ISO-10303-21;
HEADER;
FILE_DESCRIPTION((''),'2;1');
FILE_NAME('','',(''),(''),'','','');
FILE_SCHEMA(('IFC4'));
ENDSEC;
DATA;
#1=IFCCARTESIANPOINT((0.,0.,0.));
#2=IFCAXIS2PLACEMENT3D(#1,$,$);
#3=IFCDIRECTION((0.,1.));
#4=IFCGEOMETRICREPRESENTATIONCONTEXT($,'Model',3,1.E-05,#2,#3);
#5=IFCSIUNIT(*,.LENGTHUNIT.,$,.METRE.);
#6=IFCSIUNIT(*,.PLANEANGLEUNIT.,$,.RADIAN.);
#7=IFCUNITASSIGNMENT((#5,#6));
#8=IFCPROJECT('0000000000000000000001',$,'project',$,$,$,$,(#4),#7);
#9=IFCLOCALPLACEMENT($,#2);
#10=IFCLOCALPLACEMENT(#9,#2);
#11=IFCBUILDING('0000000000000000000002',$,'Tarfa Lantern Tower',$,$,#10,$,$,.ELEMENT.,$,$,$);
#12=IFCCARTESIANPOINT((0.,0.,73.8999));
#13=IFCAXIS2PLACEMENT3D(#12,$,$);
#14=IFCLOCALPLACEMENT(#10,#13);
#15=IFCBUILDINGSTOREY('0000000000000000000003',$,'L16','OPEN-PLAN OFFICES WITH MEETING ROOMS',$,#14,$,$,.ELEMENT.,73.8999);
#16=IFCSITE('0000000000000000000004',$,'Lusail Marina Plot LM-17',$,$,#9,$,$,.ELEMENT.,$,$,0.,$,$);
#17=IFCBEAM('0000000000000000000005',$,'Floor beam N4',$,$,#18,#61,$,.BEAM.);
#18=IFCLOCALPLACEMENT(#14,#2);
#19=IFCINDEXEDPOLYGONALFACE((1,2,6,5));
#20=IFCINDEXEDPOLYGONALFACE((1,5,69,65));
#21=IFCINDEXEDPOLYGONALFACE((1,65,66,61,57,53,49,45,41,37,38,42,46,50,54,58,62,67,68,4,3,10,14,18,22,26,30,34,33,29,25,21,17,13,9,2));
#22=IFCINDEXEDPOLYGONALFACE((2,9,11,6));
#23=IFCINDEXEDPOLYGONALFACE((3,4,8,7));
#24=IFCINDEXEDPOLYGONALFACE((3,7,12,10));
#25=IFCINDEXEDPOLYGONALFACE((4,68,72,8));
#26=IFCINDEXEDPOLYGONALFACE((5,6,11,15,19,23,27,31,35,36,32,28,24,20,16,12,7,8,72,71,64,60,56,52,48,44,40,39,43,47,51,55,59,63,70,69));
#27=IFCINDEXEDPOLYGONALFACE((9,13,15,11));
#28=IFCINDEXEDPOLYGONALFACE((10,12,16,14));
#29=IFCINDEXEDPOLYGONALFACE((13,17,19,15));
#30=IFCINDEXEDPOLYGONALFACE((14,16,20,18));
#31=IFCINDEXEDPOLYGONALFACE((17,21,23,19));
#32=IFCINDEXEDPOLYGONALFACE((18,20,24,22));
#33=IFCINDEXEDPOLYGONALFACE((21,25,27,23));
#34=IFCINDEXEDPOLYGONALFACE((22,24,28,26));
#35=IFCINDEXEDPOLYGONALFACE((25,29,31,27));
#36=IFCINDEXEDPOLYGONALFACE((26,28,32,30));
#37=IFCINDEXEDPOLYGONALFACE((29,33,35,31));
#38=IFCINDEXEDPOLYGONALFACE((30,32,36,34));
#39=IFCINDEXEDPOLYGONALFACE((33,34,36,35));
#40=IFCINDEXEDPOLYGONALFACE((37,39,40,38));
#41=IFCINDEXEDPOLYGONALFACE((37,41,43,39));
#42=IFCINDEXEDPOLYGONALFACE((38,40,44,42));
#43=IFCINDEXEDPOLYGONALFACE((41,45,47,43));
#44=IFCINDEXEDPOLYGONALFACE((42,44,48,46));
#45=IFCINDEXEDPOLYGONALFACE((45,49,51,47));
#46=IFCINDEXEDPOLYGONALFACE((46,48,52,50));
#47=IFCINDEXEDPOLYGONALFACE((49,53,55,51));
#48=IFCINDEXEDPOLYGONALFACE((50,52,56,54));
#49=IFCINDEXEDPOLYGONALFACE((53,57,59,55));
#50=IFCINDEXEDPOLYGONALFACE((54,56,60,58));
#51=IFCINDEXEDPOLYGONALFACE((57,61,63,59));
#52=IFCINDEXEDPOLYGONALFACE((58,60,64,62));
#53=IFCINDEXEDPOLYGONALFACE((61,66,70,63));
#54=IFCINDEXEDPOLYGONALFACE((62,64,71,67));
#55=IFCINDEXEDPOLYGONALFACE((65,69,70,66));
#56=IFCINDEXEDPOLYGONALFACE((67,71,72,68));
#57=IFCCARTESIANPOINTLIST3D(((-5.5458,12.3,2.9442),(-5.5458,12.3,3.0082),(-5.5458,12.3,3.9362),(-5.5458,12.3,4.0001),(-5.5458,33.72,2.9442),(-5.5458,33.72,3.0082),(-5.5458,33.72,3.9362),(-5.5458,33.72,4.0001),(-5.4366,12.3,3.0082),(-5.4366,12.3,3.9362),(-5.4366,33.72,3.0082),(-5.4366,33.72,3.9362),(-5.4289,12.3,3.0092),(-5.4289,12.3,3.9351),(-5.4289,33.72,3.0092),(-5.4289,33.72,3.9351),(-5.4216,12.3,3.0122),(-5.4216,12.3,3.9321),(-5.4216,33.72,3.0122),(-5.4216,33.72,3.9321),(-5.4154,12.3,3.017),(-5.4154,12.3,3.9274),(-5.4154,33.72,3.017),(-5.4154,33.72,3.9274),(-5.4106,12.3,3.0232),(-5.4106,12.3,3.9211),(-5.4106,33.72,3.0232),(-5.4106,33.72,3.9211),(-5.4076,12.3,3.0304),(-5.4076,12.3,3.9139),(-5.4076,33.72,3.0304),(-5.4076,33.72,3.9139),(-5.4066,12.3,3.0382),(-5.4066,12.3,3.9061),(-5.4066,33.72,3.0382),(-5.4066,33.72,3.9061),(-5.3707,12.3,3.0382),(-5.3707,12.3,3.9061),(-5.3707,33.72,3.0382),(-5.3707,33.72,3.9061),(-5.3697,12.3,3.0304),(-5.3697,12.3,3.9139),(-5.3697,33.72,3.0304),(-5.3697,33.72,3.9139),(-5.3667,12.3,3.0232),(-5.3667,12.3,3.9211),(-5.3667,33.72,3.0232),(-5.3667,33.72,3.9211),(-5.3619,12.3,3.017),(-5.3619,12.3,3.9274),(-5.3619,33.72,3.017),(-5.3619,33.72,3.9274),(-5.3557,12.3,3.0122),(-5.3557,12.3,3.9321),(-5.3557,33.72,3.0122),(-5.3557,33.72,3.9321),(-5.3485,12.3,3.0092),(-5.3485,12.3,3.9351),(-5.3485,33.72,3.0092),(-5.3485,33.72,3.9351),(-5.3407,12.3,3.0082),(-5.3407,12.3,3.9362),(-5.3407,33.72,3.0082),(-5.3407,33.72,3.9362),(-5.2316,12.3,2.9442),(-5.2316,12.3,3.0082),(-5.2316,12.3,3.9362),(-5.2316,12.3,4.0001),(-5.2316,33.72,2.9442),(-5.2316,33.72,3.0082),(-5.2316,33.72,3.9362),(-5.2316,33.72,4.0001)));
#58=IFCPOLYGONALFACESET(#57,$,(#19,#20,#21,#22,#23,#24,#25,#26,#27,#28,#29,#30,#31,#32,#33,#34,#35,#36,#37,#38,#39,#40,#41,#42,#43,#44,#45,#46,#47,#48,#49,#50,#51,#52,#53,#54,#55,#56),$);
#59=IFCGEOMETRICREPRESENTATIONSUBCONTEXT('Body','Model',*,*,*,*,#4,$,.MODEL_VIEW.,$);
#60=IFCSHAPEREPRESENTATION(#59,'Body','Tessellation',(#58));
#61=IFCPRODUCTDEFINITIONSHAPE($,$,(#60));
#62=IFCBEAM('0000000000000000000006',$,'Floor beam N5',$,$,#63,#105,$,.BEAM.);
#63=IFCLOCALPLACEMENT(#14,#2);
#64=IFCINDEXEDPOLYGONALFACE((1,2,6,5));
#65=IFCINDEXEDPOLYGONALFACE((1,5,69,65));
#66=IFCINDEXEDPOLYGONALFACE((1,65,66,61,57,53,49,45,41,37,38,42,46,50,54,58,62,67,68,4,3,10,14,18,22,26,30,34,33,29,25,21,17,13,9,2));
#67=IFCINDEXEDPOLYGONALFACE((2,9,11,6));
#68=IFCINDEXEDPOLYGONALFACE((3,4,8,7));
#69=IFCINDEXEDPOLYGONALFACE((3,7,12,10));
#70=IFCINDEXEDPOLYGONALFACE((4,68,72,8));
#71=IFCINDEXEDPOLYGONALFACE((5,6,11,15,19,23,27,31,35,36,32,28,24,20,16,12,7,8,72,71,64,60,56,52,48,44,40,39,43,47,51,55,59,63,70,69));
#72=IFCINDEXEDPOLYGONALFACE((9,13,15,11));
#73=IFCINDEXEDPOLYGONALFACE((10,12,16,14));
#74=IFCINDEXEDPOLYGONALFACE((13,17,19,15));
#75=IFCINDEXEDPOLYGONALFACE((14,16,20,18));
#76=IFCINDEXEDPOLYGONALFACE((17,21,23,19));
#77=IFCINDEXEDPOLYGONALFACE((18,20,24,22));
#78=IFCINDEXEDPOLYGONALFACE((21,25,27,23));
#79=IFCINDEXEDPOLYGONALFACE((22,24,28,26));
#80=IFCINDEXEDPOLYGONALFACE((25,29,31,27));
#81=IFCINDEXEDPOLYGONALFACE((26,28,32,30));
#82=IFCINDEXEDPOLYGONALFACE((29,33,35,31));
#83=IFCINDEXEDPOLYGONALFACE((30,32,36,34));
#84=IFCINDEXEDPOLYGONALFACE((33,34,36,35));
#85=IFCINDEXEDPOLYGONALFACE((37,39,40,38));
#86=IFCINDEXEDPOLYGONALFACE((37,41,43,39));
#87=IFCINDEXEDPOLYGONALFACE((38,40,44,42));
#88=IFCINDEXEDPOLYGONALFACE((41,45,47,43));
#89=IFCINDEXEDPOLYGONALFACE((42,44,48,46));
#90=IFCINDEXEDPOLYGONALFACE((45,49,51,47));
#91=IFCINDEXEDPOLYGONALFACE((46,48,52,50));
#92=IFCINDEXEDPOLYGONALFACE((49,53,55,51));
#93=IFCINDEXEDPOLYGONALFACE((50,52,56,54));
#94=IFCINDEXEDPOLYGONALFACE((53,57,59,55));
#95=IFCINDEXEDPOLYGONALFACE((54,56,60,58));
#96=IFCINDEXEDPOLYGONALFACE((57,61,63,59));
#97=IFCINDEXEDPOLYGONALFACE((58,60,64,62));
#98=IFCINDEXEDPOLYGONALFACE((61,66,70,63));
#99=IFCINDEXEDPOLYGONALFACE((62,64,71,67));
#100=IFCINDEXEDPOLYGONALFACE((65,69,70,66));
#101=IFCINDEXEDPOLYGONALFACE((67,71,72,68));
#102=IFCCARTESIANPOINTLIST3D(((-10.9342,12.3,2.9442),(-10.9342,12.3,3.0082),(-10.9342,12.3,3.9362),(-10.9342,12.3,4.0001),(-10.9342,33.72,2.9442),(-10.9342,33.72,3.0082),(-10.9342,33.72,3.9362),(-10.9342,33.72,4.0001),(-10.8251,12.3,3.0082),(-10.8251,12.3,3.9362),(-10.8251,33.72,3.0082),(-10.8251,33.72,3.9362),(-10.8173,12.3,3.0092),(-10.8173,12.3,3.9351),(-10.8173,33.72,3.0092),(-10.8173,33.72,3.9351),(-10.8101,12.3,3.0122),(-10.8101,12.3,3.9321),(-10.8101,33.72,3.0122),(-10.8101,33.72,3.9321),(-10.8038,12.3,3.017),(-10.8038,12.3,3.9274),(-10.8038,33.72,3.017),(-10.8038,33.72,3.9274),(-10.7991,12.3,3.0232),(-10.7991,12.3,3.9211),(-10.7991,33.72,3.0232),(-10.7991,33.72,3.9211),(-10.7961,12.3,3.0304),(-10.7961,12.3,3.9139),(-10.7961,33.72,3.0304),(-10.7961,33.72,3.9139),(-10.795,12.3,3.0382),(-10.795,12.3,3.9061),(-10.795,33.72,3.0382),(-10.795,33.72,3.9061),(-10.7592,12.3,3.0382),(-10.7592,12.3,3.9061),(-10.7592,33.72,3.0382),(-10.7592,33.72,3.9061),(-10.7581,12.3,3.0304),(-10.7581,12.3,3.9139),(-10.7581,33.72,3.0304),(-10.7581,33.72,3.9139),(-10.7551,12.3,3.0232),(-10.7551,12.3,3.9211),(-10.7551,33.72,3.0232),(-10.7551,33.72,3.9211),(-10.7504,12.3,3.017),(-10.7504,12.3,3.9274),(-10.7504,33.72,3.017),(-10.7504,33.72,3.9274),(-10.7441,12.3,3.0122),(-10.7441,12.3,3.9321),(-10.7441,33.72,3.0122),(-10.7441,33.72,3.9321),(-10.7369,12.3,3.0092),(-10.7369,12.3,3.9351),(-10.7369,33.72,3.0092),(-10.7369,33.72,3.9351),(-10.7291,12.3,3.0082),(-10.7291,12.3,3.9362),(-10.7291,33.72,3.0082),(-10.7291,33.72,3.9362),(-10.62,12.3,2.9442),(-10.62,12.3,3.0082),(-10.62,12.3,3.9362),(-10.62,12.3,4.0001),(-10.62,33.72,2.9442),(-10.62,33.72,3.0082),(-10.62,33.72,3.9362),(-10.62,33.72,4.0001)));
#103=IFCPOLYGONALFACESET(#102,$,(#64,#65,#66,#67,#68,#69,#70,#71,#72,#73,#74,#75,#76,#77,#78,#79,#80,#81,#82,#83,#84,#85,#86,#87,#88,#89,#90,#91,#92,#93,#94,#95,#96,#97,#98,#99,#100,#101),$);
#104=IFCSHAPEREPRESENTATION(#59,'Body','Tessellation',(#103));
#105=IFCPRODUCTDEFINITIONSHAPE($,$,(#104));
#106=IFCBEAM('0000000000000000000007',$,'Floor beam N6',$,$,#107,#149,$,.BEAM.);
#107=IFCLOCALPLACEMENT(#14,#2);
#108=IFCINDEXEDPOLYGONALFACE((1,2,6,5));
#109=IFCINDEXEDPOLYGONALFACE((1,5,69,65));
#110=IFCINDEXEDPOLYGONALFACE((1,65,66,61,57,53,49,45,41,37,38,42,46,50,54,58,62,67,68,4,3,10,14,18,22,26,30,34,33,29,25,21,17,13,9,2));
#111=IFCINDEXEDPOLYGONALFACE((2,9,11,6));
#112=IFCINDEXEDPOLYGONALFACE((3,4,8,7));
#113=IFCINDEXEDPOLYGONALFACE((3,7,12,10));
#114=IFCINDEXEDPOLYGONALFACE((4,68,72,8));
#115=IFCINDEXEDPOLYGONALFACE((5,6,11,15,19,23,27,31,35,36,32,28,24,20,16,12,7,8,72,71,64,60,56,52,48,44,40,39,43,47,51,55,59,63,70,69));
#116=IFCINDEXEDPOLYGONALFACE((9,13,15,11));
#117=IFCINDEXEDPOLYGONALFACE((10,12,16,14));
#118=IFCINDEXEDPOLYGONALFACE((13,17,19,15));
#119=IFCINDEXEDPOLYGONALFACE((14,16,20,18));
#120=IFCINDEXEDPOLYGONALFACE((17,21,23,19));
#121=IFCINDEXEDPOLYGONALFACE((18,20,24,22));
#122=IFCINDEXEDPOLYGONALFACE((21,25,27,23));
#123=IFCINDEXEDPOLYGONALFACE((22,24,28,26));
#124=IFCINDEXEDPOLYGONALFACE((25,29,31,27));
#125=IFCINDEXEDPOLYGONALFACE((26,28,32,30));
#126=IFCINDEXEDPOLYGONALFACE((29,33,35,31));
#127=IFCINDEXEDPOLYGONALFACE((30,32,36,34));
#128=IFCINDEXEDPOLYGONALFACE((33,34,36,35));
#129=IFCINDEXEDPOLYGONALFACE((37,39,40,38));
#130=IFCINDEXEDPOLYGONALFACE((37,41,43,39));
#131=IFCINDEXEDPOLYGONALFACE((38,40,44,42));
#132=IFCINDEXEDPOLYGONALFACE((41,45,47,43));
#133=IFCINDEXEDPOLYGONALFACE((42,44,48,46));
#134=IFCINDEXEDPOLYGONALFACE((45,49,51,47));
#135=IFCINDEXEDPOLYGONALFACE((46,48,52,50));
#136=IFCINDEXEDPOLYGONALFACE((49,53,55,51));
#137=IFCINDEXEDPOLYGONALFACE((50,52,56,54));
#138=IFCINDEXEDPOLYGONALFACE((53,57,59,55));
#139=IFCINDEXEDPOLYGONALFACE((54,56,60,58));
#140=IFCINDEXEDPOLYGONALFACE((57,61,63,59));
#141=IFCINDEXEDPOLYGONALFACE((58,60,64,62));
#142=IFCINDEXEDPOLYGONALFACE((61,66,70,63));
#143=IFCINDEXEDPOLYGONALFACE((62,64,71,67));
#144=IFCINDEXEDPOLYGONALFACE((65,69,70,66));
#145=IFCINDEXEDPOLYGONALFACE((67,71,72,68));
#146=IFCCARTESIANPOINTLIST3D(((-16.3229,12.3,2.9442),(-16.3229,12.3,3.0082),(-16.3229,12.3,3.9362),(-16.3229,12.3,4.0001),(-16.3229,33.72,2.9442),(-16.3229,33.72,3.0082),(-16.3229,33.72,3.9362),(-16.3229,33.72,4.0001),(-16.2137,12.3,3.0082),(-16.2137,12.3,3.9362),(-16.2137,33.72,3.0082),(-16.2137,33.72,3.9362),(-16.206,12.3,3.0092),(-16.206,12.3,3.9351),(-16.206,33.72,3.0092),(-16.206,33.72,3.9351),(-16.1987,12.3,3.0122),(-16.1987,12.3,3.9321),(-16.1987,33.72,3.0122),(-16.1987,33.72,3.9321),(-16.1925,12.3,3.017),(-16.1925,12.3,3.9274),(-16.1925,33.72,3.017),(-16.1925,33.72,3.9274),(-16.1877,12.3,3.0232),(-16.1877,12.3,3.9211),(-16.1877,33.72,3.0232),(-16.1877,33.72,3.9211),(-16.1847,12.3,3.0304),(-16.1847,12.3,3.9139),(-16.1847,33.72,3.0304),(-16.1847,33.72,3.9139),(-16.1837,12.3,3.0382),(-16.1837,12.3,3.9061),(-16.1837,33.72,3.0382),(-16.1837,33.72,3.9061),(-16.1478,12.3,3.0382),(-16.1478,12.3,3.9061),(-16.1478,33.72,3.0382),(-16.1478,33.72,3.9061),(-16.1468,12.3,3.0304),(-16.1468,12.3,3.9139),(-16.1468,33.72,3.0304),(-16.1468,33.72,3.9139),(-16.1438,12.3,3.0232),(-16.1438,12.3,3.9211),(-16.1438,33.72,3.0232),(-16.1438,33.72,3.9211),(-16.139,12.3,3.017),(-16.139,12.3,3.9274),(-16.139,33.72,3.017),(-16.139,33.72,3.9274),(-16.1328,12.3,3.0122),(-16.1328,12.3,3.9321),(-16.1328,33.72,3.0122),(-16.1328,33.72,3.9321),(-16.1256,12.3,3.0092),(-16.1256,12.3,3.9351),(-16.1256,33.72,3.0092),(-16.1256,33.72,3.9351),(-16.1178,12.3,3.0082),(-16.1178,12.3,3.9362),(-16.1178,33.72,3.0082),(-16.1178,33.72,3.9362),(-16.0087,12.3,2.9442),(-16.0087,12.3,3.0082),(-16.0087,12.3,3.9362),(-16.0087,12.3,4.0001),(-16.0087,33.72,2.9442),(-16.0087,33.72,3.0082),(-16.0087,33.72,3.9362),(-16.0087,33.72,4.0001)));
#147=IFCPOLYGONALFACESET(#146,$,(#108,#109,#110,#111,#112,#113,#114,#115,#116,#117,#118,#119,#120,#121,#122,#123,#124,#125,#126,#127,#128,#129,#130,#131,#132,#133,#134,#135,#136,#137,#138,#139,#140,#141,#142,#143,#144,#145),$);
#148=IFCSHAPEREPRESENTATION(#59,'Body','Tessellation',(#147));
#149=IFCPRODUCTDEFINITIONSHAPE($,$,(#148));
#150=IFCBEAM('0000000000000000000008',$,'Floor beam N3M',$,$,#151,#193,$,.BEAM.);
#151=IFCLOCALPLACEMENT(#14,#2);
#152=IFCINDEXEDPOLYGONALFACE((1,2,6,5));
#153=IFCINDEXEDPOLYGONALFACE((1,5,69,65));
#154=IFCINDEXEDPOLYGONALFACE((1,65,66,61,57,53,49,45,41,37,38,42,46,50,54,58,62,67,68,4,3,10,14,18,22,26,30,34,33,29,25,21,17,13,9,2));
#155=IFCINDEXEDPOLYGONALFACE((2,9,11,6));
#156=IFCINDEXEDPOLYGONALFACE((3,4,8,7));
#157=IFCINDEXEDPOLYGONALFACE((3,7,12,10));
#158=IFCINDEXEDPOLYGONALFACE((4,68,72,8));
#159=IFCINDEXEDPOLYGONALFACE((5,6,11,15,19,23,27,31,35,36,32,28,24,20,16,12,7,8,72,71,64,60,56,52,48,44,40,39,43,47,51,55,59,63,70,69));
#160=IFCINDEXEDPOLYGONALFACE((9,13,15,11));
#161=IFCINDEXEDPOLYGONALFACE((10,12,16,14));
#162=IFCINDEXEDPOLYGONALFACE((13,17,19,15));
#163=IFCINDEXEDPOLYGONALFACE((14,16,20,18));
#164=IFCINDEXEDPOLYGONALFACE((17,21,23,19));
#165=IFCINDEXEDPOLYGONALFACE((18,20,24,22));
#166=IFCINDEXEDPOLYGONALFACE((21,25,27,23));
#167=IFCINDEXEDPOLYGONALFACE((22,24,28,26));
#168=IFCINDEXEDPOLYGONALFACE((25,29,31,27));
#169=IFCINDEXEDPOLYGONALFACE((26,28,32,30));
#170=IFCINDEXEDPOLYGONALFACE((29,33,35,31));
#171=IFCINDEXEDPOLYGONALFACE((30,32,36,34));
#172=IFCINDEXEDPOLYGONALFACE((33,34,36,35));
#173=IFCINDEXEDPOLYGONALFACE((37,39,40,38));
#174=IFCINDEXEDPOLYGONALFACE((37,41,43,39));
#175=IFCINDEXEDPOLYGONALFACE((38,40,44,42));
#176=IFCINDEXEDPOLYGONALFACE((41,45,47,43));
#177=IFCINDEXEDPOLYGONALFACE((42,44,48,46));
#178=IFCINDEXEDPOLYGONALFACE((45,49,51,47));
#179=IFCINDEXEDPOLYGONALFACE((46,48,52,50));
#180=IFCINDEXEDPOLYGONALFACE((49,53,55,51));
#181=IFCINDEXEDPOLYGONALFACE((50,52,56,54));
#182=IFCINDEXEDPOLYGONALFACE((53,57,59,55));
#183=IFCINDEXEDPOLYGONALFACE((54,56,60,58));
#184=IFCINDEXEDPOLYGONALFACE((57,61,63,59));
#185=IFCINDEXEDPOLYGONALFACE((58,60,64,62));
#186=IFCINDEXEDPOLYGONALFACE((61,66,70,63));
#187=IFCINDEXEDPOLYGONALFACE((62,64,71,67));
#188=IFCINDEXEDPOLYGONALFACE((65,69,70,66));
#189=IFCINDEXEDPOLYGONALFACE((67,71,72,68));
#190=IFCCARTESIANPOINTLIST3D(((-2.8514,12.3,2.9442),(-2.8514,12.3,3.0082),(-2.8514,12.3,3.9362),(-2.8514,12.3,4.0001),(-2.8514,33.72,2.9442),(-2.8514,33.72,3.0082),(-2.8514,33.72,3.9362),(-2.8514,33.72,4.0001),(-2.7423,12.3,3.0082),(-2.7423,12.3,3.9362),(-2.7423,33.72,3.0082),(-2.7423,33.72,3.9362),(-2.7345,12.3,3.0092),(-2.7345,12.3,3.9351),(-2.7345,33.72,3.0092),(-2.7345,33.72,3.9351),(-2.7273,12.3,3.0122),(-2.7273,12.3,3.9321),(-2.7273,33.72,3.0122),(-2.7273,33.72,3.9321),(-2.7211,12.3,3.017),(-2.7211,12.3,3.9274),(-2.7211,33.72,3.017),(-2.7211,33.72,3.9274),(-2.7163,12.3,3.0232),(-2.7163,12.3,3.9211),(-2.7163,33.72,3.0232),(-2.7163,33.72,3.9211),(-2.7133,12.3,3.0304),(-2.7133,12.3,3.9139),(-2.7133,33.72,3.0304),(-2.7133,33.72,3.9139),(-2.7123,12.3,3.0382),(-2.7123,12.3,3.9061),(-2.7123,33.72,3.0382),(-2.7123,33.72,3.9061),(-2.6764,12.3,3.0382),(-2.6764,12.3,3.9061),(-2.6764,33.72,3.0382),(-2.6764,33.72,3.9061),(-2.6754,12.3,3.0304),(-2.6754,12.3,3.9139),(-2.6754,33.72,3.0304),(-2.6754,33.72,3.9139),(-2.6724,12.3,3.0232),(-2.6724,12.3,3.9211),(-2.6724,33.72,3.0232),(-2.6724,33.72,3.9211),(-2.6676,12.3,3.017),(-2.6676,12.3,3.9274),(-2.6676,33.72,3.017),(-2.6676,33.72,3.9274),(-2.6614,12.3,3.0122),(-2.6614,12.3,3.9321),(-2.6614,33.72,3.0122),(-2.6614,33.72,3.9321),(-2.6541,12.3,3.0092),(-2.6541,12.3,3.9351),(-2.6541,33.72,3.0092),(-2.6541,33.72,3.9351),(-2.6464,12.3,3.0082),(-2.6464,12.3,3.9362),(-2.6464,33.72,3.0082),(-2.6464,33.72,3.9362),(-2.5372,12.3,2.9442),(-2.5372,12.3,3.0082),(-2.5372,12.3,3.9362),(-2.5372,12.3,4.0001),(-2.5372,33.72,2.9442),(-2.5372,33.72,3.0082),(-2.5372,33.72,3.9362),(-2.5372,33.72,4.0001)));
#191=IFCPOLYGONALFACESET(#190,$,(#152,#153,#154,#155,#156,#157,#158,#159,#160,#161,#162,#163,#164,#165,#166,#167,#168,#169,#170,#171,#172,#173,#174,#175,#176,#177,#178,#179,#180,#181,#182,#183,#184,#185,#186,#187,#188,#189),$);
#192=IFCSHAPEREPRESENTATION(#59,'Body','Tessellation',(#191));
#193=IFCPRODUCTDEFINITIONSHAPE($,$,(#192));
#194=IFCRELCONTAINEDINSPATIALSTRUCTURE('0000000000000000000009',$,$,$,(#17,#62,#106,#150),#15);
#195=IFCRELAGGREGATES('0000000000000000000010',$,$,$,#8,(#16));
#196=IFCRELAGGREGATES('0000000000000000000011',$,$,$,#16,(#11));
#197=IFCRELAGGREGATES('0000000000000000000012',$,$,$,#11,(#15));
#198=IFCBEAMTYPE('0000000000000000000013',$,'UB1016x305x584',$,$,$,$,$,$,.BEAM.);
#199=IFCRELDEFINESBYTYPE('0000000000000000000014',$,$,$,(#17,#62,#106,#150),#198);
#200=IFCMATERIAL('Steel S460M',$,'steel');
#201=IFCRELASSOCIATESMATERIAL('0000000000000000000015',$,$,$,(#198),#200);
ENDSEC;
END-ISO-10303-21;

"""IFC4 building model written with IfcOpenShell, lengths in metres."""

from ifc_helpers import new_model, si_unit, direction, frame, origin, origin_2d, place, context, subcontext, project, spatial, i_section, extrude, material, material_profile, profile_set, type_object, element, save


model = new_model("IFC4")

# Units and contexts
model_context = context("Model", 3, precision=1e-05, world=origin(), true_north=direction((0.0, 1.0)))
body_context = subcontext(model_context, "Body", "Model", "MODEL_VIEW")
ifc_project = project(units=[si_unit("LENGTHUNIT", "METRE"), si_unit("PLANEANGLEUNIT", "RADIAN")], contexts=[model_context])

# Site, building, storey
site_placement = place(None, origin())
site = spatial("IfcSite", under=ifc_project, at=site_placement, Name="Lusail Marina Plot LM-17", CompositionType="ELEMENT", RefElevation=0.0)
building_placement = place(site_placement, origin())
building = spatial("IfcBuilding", under=site, at=building_placement, Name="Tarfa Lantern Tower", CompositionType="ELEMENT")
storey_placement = place(building_placement, frame((0.0, 0.0, 73.8999)))
storey = spatial("IfcBuildingStorey", under=building, at=storey_placement, Name="L16", Description="OPEN-PLAN OFFICES WITH MEETING ROOMS", CompositionType="ELEMENT", Elevation=73.8999)

# Beams
ifc_material_1 = material(Name="Steel S460M", Category="steel")
ifc_material_profile_1 = material_profile(ifc_material_1, i_section(OverallWidth=0.3142, OverallDepth=1.0559, WebThickness=0.0359, FlangeThickness=0.064, FilletRadius=0.03, at=origin_2d()), Name="UB1016x305x584")
ifc_profile_set_1 = profile_set([ifc_material_profile_1], Name="Steel S460M")
beam_type_1 = type_object("IfcBeamType", Name="UB1016x305x584", PredefinedType="BEAM", material=ifc_profile_set_1)
for number, where, z_axis, x_axis, name in (
    (1, (-5.3887, 33.72, 3.4722), (0.0, -1.0, 0.0), (1.0, 0.0, 0.0), "Floor beam N4"),
    (2, (-10.7771, 33.72, 3.4722), (0.0, -1.0, 0.0), (1.0, 0.0, 0.0), "Floor beam N5"),
    (3, (-16.1658, 33.72, 3.4722), (0.0, -1.0, 0.0), (1.0, 0.0, 0.0), "Floor beam N6"),
    (4, (-2.6943, 33.72, 3.4722), (0.0, -1.0, 0.0), (1.0, 0.0, 0.0), "Floor beam N3M"),
):
    element("IfcBeam", number, at=place(storey_placement, frame(where, z_axis=z_axis, x_axis=x_axis)), inside=storey, type_object=beam_type_1, Name=name, PredefinedType="BEAM", context=body_context, shape_type="SweptSolid", body=[
        extrude(i_section(OverallWidth=0.3142, OverallDepth=1.0559, WebThickness=0.0359, FlangeThickness=0.064, FilletRadius=0.03, at=origin_2d()), origin(), (0.0, 0.0, 1.0), 21.4199),
    ])

save(model, "model.ifc")
